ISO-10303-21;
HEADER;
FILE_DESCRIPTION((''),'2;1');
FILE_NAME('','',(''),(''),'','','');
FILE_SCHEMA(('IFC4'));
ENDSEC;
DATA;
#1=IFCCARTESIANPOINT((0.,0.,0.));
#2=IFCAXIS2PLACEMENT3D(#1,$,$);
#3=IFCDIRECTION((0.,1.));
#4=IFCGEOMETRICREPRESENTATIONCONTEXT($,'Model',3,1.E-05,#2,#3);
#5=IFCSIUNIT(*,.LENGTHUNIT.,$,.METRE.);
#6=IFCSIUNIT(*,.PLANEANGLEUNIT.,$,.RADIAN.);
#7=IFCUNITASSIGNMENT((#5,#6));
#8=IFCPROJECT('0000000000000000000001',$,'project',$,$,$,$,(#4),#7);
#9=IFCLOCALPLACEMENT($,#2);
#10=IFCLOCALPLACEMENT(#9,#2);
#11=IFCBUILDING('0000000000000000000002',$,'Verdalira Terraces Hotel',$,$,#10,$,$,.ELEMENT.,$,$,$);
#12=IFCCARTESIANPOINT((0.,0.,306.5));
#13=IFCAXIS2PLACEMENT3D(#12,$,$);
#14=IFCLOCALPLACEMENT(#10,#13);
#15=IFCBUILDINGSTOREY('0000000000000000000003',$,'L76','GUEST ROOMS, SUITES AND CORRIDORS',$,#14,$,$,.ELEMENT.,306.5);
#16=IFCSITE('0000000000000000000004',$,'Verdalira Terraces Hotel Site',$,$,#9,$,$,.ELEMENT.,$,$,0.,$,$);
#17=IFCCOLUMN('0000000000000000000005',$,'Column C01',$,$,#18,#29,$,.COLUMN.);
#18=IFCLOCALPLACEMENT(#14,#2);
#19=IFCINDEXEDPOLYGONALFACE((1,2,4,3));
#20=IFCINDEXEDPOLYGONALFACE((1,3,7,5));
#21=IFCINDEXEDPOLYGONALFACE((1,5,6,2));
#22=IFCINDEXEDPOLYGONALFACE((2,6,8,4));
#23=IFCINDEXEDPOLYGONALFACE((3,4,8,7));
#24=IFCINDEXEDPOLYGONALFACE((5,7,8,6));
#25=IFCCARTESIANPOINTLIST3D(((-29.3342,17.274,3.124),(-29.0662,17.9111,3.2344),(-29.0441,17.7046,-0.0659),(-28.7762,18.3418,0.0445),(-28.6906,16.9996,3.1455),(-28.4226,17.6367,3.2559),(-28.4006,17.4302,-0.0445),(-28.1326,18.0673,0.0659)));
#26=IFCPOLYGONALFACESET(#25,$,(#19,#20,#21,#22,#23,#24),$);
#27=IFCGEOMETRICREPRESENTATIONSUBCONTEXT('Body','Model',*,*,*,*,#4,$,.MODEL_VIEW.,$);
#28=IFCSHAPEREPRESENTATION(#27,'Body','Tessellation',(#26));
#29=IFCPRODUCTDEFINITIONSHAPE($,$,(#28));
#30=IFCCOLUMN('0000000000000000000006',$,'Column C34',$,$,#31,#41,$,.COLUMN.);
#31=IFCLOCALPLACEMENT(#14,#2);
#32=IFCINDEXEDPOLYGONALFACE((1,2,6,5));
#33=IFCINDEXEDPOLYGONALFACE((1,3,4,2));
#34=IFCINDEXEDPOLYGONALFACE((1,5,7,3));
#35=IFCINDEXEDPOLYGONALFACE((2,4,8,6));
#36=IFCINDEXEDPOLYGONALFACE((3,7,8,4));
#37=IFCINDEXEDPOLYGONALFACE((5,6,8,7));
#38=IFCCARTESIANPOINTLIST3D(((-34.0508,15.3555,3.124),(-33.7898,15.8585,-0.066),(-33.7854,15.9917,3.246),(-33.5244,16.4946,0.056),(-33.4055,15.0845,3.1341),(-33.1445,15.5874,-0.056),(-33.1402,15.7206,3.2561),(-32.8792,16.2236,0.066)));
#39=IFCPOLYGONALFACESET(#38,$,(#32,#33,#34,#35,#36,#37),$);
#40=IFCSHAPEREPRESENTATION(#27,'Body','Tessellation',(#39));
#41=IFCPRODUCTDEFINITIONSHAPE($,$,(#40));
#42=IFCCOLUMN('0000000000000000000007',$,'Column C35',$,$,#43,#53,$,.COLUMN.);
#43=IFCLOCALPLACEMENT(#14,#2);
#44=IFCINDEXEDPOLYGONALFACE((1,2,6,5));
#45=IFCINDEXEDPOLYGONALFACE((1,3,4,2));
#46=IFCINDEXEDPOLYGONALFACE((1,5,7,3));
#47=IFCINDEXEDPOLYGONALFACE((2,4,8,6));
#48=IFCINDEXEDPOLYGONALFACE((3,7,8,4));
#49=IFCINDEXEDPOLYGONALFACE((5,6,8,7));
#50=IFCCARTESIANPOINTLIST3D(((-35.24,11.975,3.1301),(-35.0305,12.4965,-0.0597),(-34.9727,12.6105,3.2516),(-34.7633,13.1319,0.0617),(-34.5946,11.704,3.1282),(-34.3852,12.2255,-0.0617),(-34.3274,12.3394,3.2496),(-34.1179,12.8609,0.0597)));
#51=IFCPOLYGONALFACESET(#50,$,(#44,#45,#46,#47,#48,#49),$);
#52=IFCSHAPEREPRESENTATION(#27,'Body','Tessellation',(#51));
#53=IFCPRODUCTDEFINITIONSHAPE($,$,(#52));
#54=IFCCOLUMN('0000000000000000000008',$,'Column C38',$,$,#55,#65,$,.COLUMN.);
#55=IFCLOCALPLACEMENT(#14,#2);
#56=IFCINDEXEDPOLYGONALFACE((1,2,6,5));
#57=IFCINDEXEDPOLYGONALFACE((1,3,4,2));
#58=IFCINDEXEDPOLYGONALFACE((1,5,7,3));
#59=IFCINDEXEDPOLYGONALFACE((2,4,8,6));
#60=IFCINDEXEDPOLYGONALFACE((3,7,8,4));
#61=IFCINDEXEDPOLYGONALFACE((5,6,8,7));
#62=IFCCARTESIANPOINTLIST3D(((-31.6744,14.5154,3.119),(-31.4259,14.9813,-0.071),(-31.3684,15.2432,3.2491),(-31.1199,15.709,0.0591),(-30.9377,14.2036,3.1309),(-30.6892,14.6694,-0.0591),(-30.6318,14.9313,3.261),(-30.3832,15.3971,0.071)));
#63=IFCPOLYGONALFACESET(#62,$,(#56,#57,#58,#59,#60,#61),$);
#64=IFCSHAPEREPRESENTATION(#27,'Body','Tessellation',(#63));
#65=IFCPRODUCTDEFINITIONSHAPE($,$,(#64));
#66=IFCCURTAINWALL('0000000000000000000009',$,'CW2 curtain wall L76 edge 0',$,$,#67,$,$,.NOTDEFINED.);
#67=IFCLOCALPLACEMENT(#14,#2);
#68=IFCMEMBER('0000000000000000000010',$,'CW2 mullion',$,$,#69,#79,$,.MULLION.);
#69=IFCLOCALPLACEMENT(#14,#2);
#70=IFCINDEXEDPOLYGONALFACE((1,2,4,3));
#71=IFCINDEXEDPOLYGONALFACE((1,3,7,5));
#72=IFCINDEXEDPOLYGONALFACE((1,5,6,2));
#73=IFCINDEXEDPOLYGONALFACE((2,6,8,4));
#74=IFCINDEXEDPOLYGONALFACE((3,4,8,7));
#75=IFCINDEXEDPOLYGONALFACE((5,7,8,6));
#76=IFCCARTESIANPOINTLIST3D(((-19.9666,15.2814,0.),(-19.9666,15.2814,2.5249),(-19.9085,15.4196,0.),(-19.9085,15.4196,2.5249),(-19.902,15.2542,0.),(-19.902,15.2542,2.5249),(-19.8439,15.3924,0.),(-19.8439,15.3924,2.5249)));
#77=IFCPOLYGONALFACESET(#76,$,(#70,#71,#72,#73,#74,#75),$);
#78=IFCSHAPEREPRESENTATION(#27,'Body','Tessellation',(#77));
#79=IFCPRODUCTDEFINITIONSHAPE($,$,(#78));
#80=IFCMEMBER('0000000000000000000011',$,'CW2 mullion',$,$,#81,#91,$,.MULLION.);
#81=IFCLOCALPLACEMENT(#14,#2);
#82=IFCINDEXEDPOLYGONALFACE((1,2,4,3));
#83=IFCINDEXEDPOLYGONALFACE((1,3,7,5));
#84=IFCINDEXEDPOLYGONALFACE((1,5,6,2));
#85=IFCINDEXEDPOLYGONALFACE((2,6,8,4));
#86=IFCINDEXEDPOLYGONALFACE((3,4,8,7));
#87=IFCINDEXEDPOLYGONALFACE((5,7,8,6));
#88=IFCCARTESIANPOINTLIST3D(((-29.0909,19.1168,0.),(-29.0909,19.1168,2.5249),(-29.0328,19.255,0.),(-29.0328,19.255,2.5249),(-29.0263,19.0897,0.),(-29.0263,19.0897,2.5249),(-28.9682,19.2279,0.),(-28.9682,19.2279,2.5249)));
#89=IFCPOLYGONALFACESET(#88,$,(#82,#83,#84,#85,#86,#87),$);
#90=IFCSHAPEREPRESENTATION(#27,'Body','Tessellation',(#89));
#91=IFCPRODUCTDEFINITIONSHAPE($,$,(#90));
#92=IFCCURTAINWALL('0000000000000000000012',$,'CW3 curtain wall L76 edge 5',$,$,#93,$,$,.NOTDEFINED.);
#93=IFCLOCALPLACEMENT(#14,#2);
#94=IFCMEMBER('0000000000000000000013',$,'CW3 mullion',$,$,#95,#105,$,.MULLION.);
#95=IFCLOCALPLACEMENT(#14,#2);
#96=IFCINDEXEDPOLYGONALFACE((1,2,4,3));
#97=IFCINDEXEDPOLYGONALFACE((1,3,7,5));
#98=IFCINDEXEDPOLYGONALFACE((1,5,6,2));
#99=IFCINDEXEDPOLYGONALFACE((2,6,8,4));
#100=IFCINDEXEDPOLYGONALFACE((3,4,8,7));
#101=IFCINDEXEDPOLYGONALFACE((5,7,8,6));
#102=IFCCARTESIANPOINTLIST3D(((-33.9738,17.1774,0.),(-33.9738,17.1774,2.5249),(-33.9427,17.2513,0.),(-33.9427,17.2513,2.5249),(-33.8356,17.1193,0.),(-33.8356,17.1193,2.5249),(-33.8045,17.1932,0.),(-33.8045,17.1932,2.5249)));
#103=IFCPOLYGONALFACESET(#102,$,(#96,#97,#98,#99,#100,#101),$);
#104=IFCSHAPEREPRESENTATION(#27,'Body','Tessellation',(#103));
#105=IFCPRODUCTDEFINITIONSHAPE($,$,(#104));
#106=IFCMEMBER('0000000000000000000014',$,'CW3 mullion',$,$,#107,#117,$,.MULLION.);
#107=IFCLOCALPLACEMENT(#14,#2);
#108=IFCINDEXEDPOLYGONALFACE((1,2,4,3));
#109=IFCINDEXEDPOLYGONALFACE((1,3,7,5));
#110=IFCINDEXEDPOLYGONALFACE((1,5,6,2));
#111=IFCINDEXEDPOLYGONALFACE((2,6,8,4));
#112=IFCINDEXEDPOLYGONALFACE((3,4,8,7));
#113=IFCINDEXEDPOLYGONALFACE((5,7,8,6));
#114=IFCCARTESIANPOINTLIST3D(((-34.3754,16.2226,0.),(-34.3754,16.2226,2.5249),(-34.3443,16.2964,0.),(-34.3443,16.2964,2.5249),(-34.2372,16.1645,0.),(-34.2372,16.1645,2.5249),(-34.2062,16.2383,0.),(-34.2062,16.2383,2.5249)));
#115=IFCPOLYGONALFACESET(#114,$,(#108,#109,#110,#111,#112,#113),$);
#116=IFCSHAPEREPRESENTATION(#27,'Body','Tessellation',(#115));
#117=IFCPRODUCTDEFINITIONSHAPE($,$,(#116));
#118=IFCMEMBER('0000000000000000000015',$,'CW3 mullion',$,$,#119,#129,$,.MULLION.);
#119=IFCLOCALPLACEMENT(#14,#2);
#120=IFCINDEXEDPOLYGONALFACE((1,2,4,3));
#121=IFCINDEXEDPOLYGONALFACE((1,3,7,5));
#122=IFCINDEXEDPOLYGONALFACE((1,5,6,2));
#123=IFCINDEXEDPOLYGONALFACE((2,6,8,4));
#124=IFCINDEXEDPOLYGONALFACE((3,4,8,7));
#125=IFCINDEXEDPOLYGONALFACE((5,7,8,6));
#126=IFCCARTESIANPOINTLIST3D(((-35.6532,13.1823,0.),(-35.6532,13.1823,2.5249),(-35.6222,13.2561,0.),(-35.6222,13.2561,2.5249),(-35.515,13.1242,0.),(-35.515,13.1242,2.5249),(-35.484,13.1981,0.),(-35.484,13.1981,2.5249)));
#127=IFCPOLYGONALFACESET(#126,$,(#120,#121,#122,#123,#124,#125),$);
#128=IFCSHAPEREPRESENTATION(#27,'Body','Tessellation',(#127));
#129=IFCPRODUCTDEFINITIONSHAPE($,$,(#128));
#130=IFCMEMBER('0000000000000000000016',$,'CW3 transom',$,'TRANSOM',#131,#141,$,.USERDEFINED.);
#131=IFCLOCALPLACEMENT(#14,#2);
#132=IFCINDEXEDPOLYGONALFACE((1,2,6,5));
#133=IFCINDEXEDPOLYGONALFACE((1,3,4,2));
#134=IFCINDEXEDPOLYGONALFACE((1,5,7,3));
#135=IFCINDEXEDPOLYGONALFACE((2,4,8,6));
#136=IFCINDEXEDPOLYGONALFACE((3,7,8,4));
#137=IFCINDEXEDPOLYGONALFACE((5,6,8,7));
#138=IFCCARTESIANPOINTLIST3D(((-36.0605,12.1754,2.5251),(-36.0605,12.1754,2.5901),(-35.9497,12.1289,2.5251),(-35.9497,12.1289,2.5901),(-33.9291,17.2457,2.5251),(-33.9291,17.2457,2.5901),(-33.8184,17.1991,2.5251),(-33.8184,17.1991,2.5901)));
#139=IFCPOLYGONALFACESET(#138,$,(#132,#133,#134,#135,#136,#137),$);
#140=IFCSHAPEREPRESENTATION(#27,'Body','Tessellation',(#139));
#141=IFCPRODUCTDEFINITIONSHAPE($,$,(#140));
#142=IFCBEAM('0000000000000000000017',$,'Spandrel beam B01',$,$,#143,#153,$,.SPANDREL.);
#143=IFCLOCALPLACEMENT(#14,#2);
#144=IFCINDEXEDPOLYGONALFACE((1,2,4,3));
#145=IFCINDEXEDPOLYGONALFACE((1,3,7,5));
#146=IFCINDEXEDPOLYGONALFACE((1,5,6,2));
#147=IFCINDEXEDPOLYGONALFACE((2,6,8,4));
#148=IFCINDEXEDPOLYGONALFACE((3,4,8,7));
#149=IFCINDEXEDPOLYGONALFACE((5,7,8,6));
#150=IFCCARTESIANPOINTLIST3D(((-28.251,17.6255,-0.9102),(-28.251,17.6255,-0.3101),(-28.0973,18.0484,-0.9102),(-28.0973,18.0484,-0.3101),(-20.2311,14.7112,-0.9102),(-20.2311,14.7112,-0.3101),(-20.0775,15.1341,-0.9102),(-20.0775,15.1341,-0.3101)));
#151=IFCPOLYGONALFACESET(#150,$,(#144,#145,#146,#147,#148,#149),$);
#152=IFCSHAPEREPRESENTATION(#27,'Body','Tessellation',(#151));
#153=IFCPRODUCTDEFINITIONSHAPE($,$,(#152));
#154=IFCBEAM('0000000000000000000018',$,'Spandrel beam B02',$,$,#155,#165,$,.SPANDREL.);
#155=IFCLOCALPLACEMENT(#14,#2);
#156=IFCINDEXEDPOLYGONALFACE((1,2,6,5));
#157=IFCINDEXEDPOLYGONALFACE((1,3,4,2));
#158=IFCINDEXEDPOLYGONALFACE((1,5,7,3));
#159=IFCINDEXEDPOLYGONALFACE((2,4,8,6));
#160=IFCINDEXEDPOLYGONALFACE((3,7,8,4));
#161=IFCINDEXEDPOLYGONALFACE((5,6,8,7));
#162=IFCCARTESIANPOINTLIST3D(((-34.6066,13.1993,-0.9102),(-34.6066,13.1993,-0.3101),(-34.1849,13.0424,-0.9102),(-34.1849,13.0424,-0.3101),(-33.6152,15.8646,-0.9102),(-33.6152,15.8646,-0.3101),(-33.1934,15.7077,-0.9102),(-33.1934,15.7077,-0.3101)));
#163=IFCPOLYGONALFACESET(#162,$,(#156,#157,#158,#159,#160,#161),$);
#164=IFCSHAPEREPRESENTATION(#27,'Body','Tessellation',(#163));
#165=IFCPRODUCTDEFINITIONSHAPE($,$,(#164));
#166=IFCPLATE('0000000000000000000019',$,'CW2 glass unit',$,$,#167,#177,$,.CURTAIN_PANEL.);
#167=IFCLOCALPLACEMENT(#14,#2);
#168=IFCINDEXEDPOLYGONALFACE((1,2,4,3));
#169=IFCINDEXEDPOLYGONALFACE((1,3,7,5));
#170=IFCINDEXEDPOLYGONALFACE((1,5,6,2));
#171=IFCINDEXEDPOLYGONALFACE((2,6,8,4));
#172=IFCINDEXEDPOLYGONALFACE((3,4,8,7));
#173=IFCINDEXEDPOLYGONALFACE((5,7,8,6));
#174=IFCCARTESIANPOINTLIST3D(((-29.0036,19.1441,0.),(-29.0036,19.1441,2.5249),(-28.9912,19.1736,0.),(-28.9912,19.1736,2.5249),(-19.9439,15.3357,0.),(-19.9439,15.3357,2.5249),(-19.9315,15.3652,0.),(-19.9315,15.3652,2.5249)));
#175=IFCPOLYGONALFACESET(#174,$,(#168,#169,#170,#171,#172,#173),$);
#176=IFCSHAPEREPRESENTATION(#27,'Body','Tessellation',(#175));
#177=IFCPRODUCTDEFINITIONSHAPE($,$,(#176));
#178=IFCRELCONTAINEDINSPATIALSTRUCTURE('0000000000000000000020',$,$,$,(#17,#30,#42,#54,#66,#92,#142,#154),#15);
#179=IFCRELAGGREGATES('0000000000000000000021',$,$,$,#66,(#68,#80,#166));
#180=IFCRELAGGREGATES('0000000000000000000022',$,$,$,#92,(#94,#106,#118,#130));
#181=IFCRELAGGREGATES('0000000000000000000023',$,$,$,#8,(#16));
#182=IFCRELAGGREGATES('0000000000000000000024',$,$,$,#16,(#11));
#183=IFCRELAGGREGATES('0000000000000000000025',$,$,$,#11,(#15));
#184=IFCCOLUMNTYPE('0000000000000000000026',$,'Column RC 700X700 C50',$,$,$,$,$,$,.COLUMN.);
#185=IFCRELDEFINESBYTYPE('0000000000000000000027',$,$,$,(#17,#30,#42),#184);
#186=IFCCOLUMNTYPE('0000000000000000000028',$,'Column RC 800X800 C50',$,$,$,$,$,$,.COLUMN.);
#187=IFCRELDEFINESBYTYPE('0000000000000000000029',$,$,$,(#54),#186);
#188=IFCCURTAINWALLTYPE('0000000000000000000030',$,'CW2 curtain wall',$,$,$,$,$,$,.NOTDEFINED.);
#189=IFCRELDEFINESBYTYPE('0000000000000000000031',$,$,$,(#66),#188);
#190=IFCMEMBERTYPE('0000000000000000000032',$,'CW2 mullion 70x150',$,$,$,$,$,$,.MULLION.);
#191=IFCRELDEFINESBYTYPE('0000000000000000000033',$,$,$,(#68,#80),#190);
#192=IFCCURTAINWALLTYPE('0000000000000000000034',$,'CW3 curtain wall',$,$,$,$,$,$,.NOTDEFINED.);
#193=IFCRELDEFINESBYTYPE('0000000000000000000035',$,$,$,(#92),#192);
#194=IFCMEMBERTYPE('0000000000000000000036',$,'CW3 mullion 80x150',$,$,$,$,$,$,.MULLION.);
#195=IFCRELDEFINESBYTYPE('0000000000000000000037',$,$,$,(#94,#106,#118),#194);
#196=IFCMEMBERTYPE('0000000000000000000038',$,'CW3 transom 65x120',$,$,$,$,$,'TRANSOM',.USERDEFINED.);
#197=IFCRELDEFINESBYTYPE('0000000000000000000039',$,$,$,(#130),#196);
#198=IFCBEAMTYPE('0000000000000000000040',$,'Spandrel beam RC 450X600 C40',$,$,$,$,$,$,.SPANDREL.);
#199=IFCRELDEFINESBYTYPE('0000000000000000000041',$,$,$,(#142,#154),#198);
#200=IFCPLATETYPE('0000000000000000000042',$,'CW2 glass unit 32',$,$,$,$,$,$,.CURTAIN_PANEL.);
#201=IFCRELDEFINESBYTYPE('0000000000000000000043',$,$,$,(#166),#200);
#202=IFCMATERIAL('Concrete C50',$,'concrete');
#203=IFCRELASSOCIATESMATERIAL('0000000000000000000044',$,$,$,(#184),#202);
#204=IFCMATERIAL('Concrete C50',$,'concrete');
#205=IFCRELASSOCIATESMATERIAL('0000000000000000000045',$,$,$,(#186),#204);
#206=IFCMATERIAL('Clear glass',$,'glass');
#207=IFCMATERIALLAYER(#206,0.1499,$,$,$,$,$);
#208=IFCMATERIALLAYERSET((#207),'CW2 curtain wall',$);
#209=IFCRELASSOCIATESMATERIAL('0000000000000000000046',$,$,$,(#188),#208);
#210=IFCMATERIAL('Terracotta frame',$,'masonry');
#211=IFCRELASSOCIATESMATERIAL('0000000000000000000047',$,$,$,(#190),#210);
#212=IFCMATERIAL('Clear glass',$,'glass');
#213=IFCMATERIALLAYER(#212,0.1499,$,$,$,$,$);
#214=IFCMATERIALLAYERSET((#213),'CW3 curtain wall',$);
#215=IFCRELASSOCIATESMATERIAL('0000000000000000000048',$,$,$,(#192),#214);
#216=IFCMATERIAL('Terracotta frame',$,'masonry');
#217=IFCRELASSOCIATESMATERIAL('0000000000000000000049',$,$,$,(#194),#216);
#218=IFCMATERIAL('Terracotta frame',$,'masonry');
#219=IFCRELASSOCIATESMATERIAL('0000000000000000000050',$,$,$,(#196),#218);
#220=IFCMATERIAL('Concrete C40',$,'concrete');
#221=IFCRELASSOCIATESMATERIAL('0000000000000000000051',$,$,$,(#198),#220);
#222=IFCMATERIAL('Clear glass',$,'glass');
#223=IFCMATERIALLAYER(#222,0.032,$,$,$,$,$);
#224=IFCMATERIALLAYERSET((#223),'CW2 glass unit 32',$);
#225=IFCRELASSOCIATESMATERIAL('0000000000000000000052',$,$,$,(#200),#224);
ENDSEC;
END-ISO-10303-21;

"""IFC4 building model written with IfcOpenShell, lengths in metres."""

from ifc_helpers import new_model, si_unit, direction, frame, origin, origin_2d, place, context, subcontext, project, spatial, rectangle, extrude, material, layer, layer_set, material_profile, profile_set, type_object, element, aggregate, save


model = new_model("IFC4")

# Units and contexts
model_context = context("Model", 3, precision=1e-05, world=origin(), true_north=direction((0.0, 1.0)))
body_context = subcontext(model_context, "Body", "Model", "MODEL_VIEW")
ifc_project = project(units=[si_unit("LENGTHUNIT", "METRE"), si_unit("PLANEANGLEUNIT", "RADIAN")], contexts=[model_context])

# Site, building, storey
site_placement = place(None, origin())
site = spatial("IfcSite", under=ifc_project, at=site_placement, Name="Verdalira Terraces Hotel Site", CompositionType="ELEMENT", RefElevation=0.0)
building_placement = place(site_placement, origin())
building = spatial("IfcBuilding", under=site, at=building_placement, Name="Verdalira Terraces Hotel", CompositionType="ELEMENT")
storey_placement = place(building_placement, frame((0.0, 0.0, 306.5)))
storey = spatial("IfcBuildingStorey", under=building, at=storey_placement, Name="L76", Description="GUEST ROOMS, SUITES AND CORRIDORS", CompositionType="ELEMENT", Elevation=306.5)

# Columns
ifc_material_1 = material(Name="Concrete C50", Category="concrete")
ifc_material_profile_1 = material_profile(ifc_material_1, rectangle(XDim=0.7, YDim=0.7, at=origin_2d()), Name="RC 700X700")
ifc_profile_set_1 = profile_set([ifc_material_profile_1], Name="Concrete C50")
column_type_1 = type_object("IfcColumnType", Name="Column RC 700X700 C50", PredefinedType="COLUMN", material=ifc_profile_set_1)
column_1_placement = place(storey_placement, frame((-28.5884, 17.886, 0.0), z_axis=(-0.089742, -0.133253, 0.987011), x_axis=(-0.919439, 0.392034, -0.030671)))
element("IfcColumn", 1, at=column_1_placement, inside=storey, type_object=column_type_1, Name="Column C01", PredefinedType="COLUMN", context=body_context, shape_type="SweptSolid", body=[
    extrude(rectangle(XDim=0.7, YDim=0.7, at=origin_2d()), origin(), (0.0, 0.0, 1.0), 3.2319),
])
column_2_placement = place(storey_placement, frame((-33.3345, 16.041, 0.0), z_axis=(-0.080554, -0.155231, 0.984588), x_axis=(-0.379051, -0.908813, -0.174297)))
element("IfcColumn", 2, at=column_2_placement, inside=storey, type_object=column_type_1, Name="Column C34", PredefinedType="COLUMN", context=body_context, shape_type="SweptSolid", body=[
    extrude(rectangle(XDim=0.7, YDim=0.7, at=origin_2d()), origin(), (0.0, 0.0, 1.0), 3.24),
])
column_3_placement = place(storey_placement, frame((-34.5742, 12.6787, 0.0), z_axis=(-0.064671, -0.160998, 0.984834), x_axis=(-0.381805, -0.907816, -0.17348)))
element("IfcColumn", 3, at=column_3_placement, inside=storey, type_object=column_type_1, Name="Column C35", PredefinedType="COLUMN", context=body_context, shape_type="SweptSolid", body=[
    extrude(rectangle(XDim=0.7, YDim=0.7, at=origin_2d()), origin(), (0.0, 0.0, 1.0), 3.239),
])
ifc_material_2 = material(Name="Concrete C50", Category="concrete")
ifc_material_profile_2 = material_profile(ifc_material_2, rectangle(XDim=0.8, YDim=0.8, at=origin_2d()), Name="RC 800X800")
ifc_profile_set_2 = profile_set([ifc_material_profile_2], Name="Concrete C50")
column_type_2 = type_object("IfcColumnType", Name="Column RC 800X800 C50", PredefinedType="COLUMN", material=ifc_profile_set_2)
column_4_placement = place(storey_placement, frame((-30.9045, 15.1892, 0.0), z_axis=(-0.076866, -0.144068, 0.986578), x_axis=(-0.920791, 0.389775, -0.014823)))
element("IfcColumn", 4, at=column_4_placement, inside=storey, type_object=column_type_2, Name="Column C38", PredefinedType="COLUMN", context=body_context, shape_type="SweptSolid", body=[
    extrude(rectangle(XDim=0.8, YDim=0.8, at=origin_2d()), origin(), (0.0, 0.0, 1.0), 3.2334),
])

# Curtain walls, members
ifc_material_3 = material(Name="Clear glass", Category="glass")
ifc_layer_1 = layer(ifc_material_3, 0.1499)
ifc_layer_set_1 = layer_set([ifc_layer_1], Name="CW2 curtain wall")
curtain_wall_type_1 = type_object("IfcCurtainWallType", Name="CW2 curtain wall", PredefinedType="NOTDEFINED", material=ifc_layer_set_1)
curtain_wall_1_placement = place(storey_placement, origin())
curtain_wall_1 = element("IfcCurtainWall", 5, at=curtain_wall_1_placement, inside=storey, type_object=curtain_wall_type_1, Name="CW2 curtain wall L76 edge 0", PredefinedType="NOTDEFINED")
ifc_material_4 = material(Name="Terracotta frame", Category="masonry")
ifc_material_profile_3 = material_profile(ifc_material_4, rectangle(XDim=0.0701, YDim=0.1499, at=origin_2d()), Name="MU 70x150")
ifc_profile_set_3 = profile_set([ifc_material_profile_3], Name="Terracotta frame")
member_type_1 = type_object("IfcMemberType", Name="CW2 mullion 70x150", PredefinedType="MULLION", material=ifc_profile_set_3)
member_1_placement = place(storey_placement, frame((-19.9053, 15.3369, 0.0), z_axis=(0.0, 0.0, 1.0), x_axis=(-0.921863, 0.387516, 0.0)))
member_1 = element("IfcMember", 6, at=member_1_placement, type_object=member_type_1, Name="CW2 mullion", PredefinedType="MULLION", context=body_context, shape_type="SweptSolid", body=[
    extrude(rectangle(XDim=0.0701, YDim=0.1499, at=origin_2d()), origin(), (0.0, 0.0, 1.0), 2.5249),
])
member_2_placement = place(storey_placement, frame((-29.0295, 19.1724, 0.0), z_axis=(0.0, 0.0, 1.0), x_axis=(-0.921863, 0.387516, 0.0)))
member_2 = element("IfcMember", 7, at=member_2_placement, type_object=member_type_1, Name="CW2 mullion", PredefinedType="MULLION", context=body_context, shape_type="SweptSolid", body=[
    extrude(rectangle(XDim=0.0701, YDim=0.1499, at=origin_2d()), origin(), (0.0, 0.0, 1.0), 2.5249),
])
ifc_material_5 = material(Name="Clear glass", Category="glass")
ifc_layer_2 = layer(ifc_material_5, 0.1499)
ifc_layer_set_2 = layer_set([ifc_layer_2], Name="CW3 curtain wall")
curtain_wall_type_2 = type_object("IfcCurtainWallType", Name="CW3 curtain wall", PredefinedType="NOTDEFINED", material=ifc_layer_set_2)
curtain_wall_2_placement = place(storey_placement, origin())
curtain_wall_2 = element("IfcCurtainWall", 8, at=curtain_wall_2_placement, inside=storey, type_object=curtain_wall_type_2, Name="CW3 curtain wall L76 edge 5", PredefinedType="NOTDEFINED")
ifc_material_6 = material(Name="Terracotta frame", Category="masonry")
ifc_material_profile_4 = material_profile(ifc_material_6, rectangle(XDim=0.0801, YDim=0.1499, at=origin_2d()), Name="MU 80x150")
ifc_profile_set_4 = profile_set([ifc_material_profile_4], Name="Terracotta frame")
member_type_2 = type_object("IfcMemberType", Name="CW3 mullion 80x150", PredefinedType="MULLION", material=ifc_profile_set_4)
member_3_placement = place(storey_placement, frame((-33.8892, 17.1853, 0.0), z_axis=(0.0, 0.0, 1.0), x_axis=(-0.387516, -0.921863, 0.0)))
member_3 = element("IfcMember", 9, at=member_3_placement, type_object=member_type_2, Name="CW3 mullion", PredefinedType="MULLION", context=body_context, shape_type="SweptSolid", body=[
    extrude(rectangle(XDim=0.0801, YDim=0.1499, at=origin_2d()), origin(), (0.0, 0.0, 1.0), 2.5249),
])
member_4_placement = place(storey_placement, frame((-34.2908, 16.2305, 0.0), z_axis=(0.0, 0.0, 1.0), x_axis=(-0.387516, -0.921863, 0.0)))
member_4 = element("IfcMember", 10, at=member_4_placement, type_object=member_type_2, Name="CW3 mullion", PredefinedType="MULLION", context=body_context, shape_type="SweptSolid", body=[
    extrude(rectangle(XDim=0.0801, YDim=0.1499, at=origin_2d()), origin(), (0.0, 0.0, 1.0), 2.5249),
])
member_5_placement = place(storey_placement, frame((-35.5686, 13.1902, 0.0), z_axis=(0.0, 0.0, 1.0), x_axis=(-0.387516, -0.921863, 0.0)))
member_5 = element("IfcMember", 11, at=member_5_placement, type_object=member_type_2, Name="CW3 mullion", PredefinedType="MULLION", context=body_context, shape_type="SweptSolid", body=[
    extrude(rectangle(XDim=0.0801, YDim=0.1499, at=origin_2d()), origin(), (0.0, 0.0, 1.0), 2.5249),
])
ifc_material_7 = material(Name="Terracotta frame", Category="masonry")
ifc_material_profile_5 = material_profile(ifc_material_7, rectangle(XDim=0.1201, YDim=0.0649, at=origin_2d()), Name="TR 65x120")
ifc_profile_set_5 = profile_set([ifc_material_profile_5], Name="Terracotta frame")
member_type_3 = type_object("IfcMemberType", Name="CW3 transom 65x120", ElementType="TRANSOM", PredefinedType="USERDEFINED", material=ifc_profile_set_5)
member_6_placement = place(storey_placement, frame((-33.8738, 17.2224, 2.5576), z_axis=(-0.387513, -0.921864, 0.0), x_axis=(0.921864, -0.387513, 0.0)))
member_6 = element("IfcMember", 12, at=member_6_placement, type_object=member_type_3, Name="CW3 transom", ObjectType="TRANSOM", PredefinedType="USERDEFINED", context=body_context, shape_type="SweptSolid", body=[
    extrude(rectangle(XDim=0.1201, YDim=0.0649, at=origin_2d()), origin(), (0.0, 0.0, 1.0), 5.5),
])

# Beams
ifc_material_8 = material(Name="Concrete C40", Category="concrete")
ifc_material_profile_6 = material_profile(ifc_material_8, rectangle(XDim=0.45, YDim=0.6001, at=origin_2d()), Name="RC 450X600")
ifc_profile_set_6 = profile_set([ifc_material_profile_6], Name="Concrete C40")
beam_type = type_object("IfcBeamType", Name="Spandrel beam RC 450X600 C40", PredefinedType="SPANDREL", material=ifc_profile_set_6)
beam_1_placement = place(storey_placement, frame((-20.1543, 14.9226, -0.6101), z_axis=(-0.939868, 0.341539, 0.0), x_axis=(-0.341539, -0.939868, 0.0)))
element("IfcBeam", 13, at=beam_1_placement, inside=storey, type_object=beam_type, Name="Spandrel beam B01", PredefinedType="SPANDREL", context=body_context, shape_type="SweptSolid", body=[
    extrude(rectangle(XDim=0.45, YDim=0.6001, at=origin_2d()), origin(), (0.0, 0.0, 1.0), 8.533),
])
beam_2_placement = place(storey_placement, frame((-33.4043, 15.7861, -0.6101), z_axis=(-0.348648, -0.937254, 0.0), x_axis=(0.937254, -0.348648, 0.0)))
element("IfcBeam", 14, at=beam_2_placement, inside=storey, type_object=beam_type, Name="Spandrel beam B02", PredefinedType="SPANDREL", context=body_context, shape_type="SweptSolid", body=[
    extrude(rectangle(XDim=0.45, YDim=0.6001, at=origin_2d()), origin(), (0.0, 0.0, 1.0), 2.8438),
])

# Plate
ifc_material_9 = material(Name="Clear glass", Category="glass")
ifc_layer_3 = layer(ifc_material_9, 0.032)
ifc_layer_set_3 = layer_set([ifc_layer_3], Name="CW2 glass unit 32")
plate_type_1 = type_object("IfcPlateType", Name="CW2 glass unit 32", PredefinedType="CURTAIN_PANEL", material=ifc_layer_set_3)
plate_1_placement = place(storey_placement, frame((-24.4675, 17.2546, 0.0), z_axis=(0.0, 0.0, 1.0), x_axis=(-0.921863, 0.387516, 0.0)))
plate_1 = element("IfcPlate", 15, at=plate_1_placement, type_object=plate_type_1, Name="CW2 glass unit", PredefinedType="CURTAIN_PANEL", context=body_context, shape_type="SweptSolid", body=[
    extrude(rectangle(XDim=9.8276, YDim=0.032, at=origin_2d()), origin(), (0.0, 0.0, 1.0), 2.5249),
])
aggregate(curtain_wall_1, [member_1, member_2, plate_1])
aggregate(curtain_wall_2, [member_3, member_4, member_5, member_6])

save(model, "model.ifc")
